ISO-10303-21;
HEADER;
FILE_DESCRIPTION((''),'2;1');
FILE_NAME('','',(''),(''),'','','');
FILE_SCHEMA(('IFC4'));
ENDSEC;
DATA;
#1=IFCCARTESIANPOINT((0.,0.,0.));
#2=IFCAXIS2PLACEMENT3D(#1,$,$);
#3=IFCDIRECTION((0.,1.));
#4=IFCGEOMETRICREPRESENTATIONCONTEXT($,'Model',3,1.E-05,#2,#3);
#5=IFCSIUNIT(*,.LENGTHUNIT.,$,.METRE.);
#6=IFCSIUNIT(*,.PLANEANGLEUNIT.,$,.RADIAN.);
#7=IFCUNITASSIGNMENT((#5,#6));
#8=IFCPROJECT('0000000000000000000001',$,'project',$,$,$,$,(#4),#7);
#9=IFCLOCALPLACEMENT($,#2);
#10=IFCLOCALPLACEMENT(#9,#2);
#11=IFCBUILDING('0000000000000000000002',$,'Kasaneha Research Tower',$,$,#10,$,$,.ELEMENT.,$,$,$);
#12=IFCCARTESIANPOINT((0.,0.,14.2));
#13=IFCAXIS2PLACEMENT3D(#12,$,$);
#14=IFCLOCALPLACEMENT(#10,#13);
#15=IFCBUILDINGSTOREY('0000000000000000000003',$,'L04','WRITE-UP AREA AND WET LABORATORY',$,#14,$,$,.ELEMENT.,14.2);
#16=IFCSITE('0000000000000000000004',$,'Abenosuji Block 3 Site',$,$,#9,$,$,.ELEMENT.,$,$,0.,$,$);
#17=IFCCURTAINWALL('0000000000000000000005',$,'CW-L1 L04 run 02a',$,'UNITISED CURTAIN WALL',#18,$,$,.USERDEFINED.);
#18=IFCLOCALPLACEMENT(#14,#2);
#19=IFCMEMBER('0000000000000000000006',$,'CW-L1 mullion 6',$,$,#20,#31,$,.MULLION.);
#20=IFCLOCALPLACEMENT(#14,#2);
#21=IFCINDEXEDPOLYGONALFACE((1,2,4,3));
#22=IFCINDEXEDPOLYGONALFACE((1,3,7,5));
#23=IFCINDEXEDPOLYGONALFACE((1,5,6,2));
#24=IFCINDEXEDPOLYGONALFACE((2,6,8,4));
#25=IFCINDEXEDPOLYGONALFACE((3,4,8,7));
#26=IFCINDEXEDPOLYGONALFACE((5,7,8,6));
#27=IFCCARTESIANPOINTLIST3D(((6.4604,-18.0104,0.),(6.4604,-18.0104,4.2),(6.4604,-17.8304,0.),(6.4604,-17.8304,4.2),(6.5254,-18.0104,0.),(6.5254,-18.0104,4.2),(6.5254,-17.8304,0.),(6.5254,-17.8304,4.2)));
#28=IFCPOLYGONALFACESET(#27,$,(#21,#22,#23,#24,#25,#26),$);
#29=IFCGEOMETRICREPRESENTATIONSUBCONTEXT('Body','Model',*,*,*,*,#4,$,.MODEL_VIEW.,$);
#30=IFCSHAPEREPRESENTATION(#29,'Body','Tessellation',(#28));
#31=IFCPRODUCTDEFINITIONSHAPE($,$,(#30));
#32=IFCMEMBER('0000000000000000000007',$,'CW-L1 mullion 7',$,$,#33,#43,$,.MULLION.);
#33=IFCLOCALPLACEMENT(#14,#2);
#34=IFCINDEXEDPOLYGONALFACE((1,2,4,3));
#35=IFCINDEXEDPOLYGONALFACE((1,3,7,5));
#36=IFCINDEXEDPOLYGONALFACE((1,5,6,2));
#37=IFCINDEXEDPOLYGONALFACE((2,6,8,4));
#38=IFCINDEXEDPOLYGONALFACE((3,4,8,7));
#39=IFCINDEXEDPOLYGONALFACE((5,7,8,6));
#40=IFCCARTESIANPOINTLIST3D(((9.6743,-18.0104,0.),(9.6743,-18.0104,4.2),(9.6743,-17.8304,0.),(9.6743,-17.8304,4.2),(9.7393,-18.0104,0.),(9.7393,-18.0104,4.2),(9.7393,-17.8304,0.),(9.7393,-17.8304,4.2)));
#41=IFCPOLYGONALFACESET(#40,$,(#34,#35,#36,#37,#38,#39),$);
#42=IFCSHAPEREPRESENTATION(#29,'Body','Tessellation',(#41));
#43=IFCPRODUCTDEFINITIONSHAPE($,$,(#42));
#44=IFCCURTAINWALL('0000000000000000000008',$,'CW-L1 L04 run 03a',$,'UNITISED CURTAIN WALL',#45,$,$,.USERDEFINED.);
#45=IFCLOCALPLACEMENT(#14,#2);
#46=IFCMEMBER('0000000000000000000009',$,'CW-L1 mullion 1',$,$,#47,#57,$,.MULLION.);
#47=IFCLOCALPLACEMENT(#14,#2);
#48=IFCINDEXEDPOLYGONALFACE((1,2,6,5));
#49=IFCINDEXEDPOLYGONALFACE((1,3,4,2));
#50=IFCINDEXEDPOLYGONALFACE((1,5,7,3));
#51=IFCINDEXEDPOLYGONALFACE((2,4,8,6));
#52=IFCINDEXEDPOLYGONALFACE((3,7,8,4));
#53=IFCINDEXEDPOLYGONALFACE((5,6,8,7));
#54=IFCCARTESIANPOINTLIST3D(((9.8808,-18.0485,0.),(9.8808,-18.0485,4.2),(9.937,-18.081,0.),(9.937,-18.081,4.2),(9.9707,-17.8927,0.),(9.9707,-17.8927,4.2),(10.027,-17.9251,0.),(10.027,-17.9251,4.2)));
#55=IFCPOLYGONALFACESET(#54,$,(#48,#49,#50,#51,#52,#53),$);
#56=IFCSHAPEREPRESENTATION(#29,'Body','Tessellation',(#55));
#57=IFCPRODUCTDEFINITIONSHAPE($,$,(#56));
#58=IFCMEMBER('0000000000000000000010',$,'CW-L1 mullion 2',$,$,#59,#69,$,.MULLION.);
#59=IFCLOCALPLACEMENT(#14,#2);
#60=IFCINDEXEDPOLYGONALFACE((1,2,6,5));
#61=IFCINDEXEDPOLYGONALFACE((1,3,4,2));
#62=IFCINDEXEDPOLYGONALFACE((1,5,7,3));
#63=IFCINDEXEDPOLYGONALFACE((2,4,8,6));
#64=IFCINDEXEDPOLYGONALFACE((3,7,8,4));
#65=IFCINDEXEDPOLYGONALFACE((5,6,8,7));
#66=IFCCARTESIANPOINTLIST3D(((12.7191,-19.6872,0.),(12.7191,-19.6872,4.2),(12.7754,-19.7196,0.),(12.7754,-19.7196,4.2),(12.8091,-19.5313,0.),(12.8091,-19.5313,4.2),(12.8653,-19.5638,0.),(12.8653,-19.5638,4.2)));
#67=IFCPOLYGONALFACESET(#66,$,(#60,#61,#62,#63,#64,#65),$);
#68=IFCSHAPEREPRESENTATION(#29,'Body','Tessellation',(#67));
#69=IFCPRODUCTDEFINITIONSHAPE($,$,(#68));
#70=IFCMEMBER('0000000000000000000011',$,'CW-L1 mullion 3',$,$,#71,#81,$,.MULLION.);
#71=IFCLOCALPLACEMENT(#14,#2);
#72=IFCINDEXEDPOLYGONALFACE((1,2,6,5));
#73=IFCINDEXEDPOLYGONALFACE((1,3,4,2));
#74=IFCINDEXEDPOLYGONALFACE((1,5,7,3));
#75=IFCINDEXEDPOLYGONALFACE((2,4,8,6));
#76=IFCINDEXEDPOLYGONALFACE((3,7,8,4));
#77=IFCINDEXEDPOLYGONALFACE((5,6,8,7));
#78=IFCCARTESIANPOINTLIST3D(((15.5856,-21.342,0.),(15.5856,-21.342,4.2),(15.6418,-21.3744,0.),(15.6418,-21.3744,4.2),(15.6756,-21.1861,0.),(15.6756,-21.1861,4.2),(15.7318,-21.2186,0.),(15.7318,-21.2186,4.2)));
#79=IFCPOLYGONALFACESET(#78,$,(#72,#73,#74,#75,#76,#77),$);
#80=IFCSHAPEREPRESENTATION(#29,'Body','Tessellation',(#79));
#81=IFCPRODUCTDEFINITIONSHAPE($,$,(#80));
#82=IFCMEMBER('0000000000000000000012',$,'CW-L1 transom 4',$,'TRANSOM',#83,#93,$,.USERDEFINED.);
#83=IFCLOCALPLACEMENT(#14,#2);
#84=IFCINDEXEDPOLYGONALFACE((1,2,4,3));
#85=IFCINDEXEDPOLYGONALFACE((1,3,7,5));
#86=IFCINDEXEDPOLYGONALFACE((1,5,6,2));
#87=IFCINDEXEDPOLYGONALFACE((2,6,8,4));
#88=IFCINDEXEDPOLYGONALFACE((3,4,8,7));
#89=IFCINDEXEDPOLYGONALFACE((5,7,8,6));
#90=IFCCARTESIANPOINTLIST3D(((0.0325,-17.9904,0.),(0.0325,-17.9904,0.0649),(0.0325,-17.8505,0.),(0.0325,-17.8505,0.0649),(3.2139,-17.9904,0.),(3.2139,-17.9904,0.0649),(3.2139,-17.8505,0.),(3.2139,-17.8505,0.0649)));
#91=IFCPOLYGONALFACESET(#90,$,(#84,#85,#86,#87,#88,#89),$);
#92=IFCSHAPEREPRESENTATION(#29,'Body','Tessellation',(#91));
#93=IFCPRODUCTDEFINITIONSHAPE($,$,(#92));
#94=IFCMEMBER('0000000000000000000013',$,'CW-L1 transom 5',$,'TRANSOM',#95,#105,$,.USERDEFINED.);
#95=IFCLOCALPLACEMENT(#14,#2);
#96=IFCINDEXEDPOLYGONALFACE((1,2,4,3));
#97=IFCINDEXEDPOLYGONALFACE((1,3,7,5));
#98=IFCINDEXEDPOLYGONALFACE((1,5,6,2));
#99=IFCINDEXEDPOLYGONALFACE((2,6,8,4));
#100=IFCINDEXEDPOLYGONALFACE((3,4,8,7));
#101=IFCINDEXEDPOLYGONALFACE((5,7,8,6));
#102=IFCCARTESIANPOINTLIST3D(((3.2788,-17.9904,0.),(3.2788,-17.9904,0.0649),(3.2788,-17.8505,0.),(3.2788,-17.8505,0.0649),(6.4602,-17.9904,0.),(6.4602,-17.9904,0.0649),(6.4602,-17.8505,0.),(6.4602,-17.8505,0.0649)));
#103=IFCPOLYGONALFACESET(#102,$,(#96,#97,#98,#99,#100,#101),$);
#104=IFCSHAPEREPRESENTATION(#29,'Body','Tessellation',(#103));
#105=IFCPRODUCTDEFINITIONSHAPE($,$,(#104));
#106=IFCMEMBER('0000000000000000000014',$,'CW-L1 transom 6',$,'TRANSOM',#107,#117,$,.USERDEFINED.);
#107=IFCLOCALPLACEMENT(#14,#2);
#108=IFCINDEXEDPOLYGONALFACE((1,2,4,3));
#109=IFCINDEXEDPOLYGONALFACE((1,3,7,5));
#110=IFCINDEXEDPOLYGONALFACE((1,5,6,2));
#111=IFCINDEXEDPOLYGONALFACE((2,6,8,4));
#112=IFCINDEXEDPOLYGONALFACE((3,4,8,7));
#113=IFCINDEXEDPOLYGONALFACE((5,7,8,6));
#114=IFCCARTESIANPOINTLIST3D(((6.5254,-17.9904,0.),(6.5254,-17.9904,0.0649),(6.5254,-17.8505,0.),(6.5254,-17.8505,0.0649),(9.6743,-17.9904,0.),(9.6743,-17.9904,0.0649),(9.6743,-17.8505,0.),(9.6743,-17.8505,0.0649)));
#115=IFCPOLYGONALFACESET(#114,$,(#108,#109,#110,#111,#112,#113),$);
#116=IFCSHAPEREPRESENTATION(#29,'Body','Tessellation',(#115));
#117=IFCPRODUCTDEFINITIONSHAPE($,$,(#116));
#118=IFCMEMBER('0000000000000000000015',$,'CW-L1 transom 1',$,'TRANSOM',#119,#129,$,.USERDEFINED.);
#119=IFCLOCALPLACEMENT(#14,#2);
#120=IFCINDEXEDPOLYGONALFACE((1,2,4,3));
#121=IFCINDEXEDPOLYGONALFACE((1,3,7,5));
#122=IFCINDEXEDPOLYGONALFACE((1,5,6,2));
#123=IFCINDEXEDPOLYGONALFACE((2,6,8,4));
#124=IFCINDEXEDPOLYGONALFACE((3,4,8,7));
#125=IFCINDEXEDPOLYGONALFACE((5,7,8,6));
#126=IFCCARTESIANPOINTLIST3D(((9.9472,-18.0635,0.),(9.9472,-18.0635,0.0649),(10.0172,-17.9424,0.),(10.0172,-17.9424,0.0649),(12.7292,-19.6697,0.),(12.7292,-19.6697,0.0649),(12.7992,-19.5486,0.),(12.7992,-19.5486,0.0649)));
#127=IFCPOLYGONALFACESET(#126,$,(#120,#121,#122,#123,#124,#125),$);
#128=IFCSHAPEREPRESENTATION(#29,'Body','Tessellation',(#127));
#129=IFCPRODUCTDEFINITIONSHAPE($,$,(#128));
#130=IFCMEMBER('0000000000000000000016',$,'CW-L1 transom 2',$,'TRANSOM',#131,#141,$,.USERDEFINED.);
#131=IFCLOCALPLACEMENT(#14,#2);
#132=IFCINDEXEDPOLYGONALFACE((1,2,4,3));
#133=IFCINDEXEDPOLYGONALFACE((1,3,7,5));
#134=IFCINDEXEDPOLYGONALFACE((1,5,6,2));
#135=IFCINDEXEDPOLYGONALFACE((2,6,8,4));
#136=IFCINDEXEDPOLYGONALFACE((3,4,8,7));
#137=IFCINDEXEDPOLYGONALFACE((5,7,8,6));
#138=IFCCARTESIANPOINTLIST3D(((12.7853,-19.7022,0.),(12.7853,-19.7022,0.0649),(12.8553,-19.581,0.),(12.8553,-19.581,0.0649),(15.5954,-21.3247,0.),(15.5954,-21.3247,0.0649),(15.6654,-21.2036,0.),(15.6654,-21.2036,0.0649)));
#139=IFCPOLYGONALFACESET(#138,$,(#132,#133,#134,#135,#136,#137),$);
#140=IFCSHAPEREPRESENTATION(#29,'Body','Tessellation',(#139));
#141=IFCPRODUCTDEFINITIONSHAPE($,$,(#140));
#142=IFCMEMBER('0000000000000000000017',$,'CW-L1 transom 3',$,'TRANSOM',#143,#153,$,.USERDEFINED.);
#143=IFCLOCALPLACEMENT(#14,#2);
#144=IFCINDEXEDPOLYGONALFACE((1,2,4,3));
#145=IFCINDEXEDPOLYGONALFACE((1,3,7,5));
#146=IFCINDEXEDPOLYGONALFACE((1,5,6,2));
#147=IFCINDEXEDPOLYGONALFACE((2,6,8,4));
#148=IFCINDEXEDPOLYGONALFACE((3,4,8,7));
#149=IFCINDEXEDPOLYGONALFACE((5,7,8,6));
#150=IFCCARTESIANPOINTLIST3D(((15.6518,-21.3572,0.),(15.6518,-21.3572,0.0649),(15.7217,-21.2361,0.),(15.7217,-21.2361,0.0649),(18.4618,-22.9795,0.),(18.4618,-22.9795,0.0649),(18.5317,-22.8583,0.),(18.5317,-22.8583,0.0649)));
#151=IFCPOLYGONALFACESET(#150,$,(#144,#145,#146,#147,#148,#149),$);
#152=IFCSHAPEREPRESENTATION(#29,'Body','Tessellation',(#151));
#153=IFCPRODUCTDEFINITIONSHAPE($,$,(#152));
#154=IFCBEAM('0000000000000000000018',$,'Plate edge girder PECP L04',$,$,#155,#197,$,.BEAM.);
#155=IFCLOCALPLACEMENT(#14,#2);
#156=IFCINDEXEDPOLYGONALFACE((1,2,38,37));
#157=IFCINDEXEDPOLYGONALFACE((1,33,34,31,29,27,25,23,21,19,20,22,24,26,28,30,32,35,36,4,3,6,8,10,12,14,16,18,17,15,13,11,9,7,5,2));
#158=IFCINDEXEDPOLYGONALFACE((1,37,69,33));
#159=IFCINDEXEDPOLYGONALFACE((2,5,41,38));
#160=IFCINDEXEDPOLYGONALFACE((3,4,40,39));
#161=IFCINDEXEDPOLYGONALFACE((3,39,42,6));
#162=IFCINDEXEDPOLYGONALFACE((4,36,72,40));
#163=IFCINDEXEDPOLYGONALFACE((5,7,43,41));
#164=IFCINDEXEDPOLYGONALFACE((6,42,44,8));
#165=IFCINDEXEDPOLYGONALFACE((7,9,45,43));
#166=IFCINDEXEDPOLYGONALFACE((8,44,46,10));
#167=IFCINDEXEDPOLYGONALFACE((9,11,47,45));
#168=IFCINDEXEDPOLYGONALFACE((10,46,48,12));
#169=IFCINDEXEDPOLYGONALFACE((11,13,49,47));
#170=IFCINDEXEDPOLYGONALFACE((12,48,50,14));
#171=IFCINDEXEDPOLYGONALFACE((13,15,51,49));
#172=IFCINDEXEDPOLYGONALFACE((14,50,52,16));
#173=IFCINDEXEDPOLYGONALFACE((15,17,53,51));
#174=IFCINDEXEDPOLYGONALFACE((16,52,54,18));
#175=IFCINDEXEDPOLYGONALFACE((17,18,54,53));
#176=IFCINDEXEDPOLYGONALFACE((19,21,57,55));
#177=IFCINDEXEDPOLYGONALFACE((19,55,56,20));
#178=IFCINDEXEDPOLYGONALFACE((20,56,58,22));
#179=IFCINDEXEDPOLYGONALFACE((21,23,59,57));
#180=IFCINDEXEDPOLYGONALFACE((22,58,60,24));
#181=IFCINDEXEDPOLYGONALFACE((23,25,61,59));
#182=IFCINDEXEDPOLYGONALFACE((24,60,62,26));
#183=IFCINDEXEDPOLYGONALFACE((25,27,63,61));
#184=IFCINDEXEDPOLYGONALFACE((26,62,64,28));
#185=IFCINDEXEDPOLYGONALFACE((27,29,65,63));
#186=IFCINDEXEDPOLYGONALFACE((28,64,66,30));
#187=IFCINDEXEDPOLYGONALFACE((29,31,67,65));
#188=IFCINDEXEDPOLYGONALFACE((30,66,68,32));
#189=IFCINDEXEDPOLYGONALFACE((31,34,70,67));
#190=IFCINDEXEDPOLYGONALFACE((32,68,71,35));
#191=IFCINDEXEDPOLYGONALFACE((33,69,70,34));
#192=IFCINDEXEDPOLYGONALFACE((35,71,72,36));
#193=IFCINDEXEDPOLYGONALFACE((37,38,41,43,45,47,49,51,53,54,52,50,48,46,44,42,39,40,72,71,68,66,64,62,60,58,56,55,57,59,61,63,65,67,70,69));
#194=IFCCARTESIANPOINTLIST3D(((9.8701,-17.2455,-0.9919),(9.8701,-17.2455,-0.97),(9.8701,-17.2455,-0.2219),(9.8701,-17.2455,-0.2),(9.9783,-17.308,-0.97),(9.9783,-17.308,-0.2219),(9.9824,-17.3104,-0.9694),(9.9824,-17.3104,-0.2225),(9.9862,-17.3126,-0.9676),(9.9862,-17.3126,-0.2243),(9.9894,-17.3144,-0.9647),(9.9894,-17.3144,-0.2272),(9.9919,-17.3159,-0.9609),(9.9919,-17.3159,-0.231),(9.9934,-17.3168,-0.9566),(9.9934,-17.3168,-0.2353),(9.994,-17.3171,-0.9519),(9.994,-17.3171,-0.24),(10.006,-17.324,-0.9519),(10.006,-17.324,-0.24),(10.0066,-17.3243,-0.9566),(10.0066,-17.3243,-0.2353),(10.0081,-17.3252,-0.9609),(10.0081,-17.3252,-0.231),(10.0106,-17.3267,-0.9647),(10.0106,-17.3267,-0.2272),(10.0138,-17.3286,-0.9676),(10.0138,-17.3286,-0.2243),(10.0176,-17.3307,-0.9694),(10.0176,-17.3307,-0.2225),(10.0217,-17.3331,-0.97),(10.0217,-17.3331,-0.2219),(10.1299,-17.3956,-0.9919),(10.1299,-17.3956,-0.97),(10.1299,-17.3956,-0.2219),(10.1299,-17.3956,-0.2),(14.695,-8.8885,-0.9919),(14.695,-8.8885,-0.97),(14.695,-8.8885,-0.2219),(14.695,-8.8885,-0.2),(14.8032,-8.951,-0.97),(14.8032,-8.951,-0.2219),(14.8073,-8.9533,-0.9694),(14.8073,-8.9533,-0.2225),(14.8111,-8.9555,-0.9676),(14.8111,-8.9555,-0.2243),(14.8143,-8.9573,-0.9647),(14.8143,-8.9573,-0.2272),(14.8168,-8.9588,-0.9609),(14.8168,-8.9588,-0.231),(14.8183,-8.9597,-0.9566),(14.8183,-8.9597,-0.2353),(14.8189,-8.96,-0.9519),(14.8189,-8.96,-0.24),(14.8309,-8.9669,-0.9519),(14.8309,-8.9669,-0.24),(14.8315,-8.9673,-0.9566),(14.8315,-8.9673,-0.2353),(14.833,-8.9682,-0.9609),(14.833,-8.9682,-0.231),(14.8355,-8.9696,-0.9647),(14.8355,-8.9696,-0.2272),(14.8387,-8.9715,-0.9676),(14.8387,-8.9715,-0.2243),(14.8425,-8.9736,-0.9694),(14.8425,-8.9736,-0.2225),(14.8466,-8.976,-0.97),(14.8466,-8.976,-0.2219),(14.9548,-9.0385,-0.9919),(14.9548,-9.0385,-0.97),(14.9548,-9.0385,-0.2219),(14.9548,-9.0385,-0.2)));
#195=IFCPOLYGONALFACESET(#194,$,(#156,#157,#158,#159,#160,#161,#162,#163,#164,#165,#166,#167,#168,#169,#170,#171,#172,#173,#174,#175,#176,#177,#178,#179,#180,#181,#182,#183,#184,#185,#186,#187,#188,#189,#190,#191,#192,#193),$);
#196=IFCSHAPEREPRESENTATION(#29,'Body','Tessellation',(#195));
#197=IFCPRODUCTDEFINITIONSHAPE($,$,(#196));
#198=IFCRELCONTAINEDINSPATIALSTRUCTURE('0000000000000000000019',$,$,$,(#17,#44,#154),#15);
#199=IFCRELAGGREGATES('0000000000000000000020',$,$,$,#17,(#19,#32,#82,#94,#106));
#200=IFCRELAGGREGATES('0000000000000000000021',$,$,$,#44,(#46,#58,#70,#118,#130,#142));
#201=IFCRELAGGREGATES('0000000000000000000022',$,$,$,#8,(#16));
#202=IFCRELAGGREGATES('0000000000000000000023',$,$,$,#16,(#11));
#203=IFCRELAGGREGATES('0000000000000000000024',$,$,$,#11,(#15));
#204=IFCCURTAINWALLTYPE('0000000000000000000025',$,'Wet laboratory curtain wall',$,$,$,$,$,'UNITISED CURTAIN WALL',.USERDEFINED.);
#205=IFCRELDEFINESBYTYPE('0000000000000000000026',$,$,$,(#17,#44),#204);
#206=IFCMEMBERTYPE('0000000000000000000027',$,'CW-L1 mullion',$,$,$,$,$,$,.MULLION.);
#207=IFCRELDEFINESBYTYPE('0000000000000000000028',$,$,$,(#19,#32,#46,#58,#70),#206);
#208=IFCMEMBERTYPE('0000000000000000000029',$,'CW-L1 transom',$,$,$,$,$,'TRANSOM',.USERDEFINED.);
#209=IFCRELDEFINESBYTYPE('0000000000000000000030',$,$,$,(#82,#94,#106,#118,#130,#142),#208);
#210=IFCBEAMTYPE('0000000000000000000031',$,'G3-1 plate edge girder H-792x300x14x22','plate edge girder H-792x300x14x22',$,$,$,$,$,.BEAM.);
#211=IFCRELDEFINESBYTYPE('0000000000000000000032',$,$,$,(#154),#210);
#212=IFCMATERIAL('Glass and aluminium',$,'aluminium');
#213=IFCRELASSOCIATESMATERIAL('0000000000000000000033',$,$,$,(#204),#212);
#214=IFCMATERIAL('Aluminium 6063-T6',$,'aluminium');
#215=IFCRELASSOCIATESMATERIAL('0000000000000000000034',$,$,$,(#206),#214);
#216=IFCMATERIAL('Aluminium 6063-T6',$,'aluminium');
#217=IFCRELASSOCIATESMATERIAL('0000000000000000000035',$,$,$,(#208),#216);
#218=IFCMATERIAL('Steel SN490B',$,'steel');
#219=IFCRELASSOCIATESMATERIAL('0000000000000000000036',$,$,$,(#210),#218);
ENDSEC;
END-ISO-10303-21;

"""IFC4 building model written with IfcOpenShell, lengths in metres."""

from ifc_helpers import new_model, si_unit, direction, frame, origin, origin_2d, place, context, subcontext, project, spatial, rectangle, i_section, extrude, material, material_profile, profile_set, type_object, element, aggregate, save


model = new_model("IFC4")

# Units and contexts
model_context = context("Model", 3, precision=1e-05, world=origin(), true_north=direction((0.0, 1.0)))
body_context = subcontext(model_context, "Body", "Model", "MODEL_VIEW")
ifc_project = project(units=[si_unit("LENGTHUNIT", "METRE"), si_unit("PLANEANGLEUNIT", "RADIAN")], contexts=[model_context])

# Site, building, storey
site_placement = place(None, origin())
site = spatial("IfcSite", under=ifc_project, at=site_placement, Name="Abenosuji Block 3 Site", CompositionType="ELEMENT", RefElevation=0.0)
building_placement = place(site_placement, origin())
building = spatial("IfcBuilding", under=site, at=building_placement, Name="Kasaneha Research Tower", CompositionType="ELEMENT")
storey_placement = place(building_placement, frame((0.0, 0.0, 14.2)))
storey = spatial("IfcBuildingStorey", under=building, at=storey_placement, Name="L04", Description="WRITE-UP AREA AND WET LABORATORY", CompositionType="ELEMENT", Elevation=14.2)

# Curtain walls, members
ifc_material_1 = material(Name="Glass and aluminium", Category="aluminium")
curtain_wall_type = type_object("IfcCurtainWallType", Name="Wet laboratory curtain wall", ElementType="UNITISED CURTAIN WALL", PredefinedType="USERDEFINED", material=ifc_material_1)
curtain_wall_1_placement = place(storey_placement, origin())
curtain_wall_1 = element("IfcCurtainWall", 1, at=curtain_wall_1_placement, inside=storey, type_object=curtain_wall_type, Name="CW-L1 L04 run 02a", ObjectType="UNITISED CURTAIN WALL", PredefinedType="USERDEFINED")
ifc_material_2 = material(Name="Aluminium 6063-T6", Category="aluminium")
ifc_material_profile_1 = material_profile(ifc_material_2, rectangle(XDim=0.0649, YDim=0.1799, at=origin_2d()), Name="CW-L1 mullion 65x180")
ifc_profile_set_1 = profile_set([ifc_material_profile_1], Name="Aluminium 6063-T6")
member_type_1 = type_object("IfcMemberType", Name="CW-L1 mullion", PredefinedType="MULLION", material=ifc_profile_set_1)
member_1_placement = place(storey_placement, frame((6.4929, -17.9204, 0.0), z_axis=(0.0, 0.0, 1.0), x_axis=(1.0, 0.0, 0.0)))
member_1 = element("IfcMember", 2, at=member_1_placement, type_object=member_type_1, Name="CW-L1 mullion 6", PredefinedType="MULLION", context=body_context, shape_type="SweptSolid", body=[
    extrude(rectangle(XDim=0.0649, YDim=0.1799, at=origin_2d()), origin(), (0.0, 0.0, 1.0), 4.2),
])
member_2_placement = place(storey_placement, frame((9.7068, -17.9204, 0.0), z_axis=(0.0, 0.0, 1.0), x_axis=(1.0, 0.0, 0.0)))
member_2 = element("IfcMember", 3, at=member_2_placement, type_object=member_type_1, Name="CW-L1 mullion 7", PredefinedType="MULLION", context=body_context, shape_type="SweptSolid", body=[
    extrude(rectangle(XDim=0.0649, YDim=0.1799, at=origin_2d()), origin(), (0.0, 0.0, 1.0), 4.2),
])
curtain_wall_2_placement = place(storey_placement, origin())
curtain_wall_2 = element("IfcCurtainWall", 4, at=curtain_wall_2_placement, inside=storey, type_object=curtain_wall_type, Name="CW-L1 L04 run 03a", ObjectType="UNITISED CURTAIN WALL", PredefinedType="USERDEFINED")
member_3_placement = place(storey_placement, frame((9.9539, -17.9868, 0.0), z_axis=(0.0, 0.0, 1.0), x_axis=(0.866025, -0.5, 0.0)))
member_3 = element("IfcMember", 5, at=member_3_placement, type_object=member_type_1, Name="CW-L1 mullion 1", PredefinedType="MULLION", context=body_context, shape_type="SweptSolid", body=[
    extrude(rectangle(XDim=0.0649, YDim=0.1799, at=origin_2d()), origin(), (0.0, 0.0, 1.0), 4.2),
])
member_4_placement = place(storey_placement, frame((12.7922, -19.6255, 0.0), z_axis=(0.0, 0.0, 1.0), x_axis=(0.866025, -0.5, 0.0)))
member_4 = element("IfcMember", 6, at=member_4_placement, type_object=member_type_1, Name="CW-L1 mullion 2", PredefinedType="MULLION", context=body_context, shape_type="SweptSolid", body=[
    extrude(rectangle(XDim=0.0649, YDim=0.1799, at=origin_2d()), origin(), (0.0, 0.0, 1.0), 4.2),
])
member_5_placement = place(storey_placement, frame((15.6587, -21.2803, 0.0), z_axis=(0.0, 0.0, 1.0), x_axis=(0.866025, -0.5, 0.0)))
member_5 = element("IfcMember", 7, at=member_5_placement, type_object=member_type_1, Name="CW-L1 mullion 3", PredefinedType="MULLION", context=body_context, shape_type="SweptSolid", body=[
    extrude(rectangle(XDim=0.0649, YDim=0.1799, at=origin_2d()), origin(), (0.0, 0.0, 1.0), 4.2),
])

# Members
ifc_material_3 = material(Name="Aluminium 6063-T6", Category="aluminium")
ifc_material_profile_2 = material_profile(ifc_material_3, rectangle(XDim=0.1399, YDim=0.0649, at=origin_2d()), Name="CW-L1 transom 140x65")
ifc_profile_set_2 = profile_set([ifc_material_profile_2], Name="Aluminium 6063-T6")
member_type_2 = type_object("IfcMemberType", Name="CW-L1 transom", ElementType="TRANSOM", PredefinedType="USERDEFINED", material=ifc_profile_set_2)
member_6_placement = place(storey_placement, frame((0.0325, -17.9204, 0.0325), z_axis=(1.0, 0.0, 0.0), x_axis=(0.0, 1.0, 0.0)))
member_6 = element("IfcMember", 8, at=member_6_placement, type_object=member_type_2, Name="CW-L1 transom 4", ObjectType="TRANSOM", PredefinedType="USERDEFINED", context=body_context, shape_type="SweptSolid", body=[
    extrude(rectangle(XDim=0.1399, YDim=0.0649, at=origin_2d()), origin(), (0.0, 0.0, 1.0), 3.1814),
])
member_7_placement = place(storey_placement, frame((3.2788, -17.9204, 0.0325), z_axis=(1.0, 0.0, 0.0), x_axis=(0.0, 1.0, 0.0)))
member_7 = element("IfcMember", 9, at=member_7_placement, type_object=member_type_2, Name="CW-L1 transom 5", ObjectType="TRANSOM", PredefinedType="USERDEFINED", context=body_context, shape_type="SweptSolid", body=[
    extrude(rectangle(XDim=0.1399, YDim=0.0649, at=origin_2d()), origin(), (0.0, 0.0, 1.0), 3.1814),
])
member_8_placement = place(storey_placement, frame((6.5254, -17.9204, 0.0325), z_axis=(1.0, 0.0, 0.0), x_axis=(0.0, 1.0, 0.0)))
member_8 = element("IfcMember", 10, at=member_8_placement, type_object=member_type_2, Name="CW-L1 transom 6", ObjectType="TRANSOM", PredefinedType="USERDEFINED", context=body_context, shape_type="SweptSolid", body=[
    extrude(rectangle(XDim=0.1399, YDim=0.0649, at=origin_2d()), origin(), (0.0, 0.0, 1.0), 3.1489),
])
member_9_placement = place(storey_placement, frame((9.9822, -18.0029, 0.0325), z_axis=(0.866022, -0.500005, 0.0), x_axis=(0.500005, 0.866022, 0.0)))
member_9 = element("IfcMember", 11, at=member_9_placement, type_object=member_type_2, Name="CW-L1 transom 1", ObjectType="TRANSOM", PredefinedType="USERDEFINED", context=body_context, shape_type="SweptSolid", body=[
    extrude(rectangle(XDim=0.1399, YDim=0.0649, at=origin_2d()), origin(), (0.0, 0.0, 1.0), 3.2124),
])
member_10_placement = place(storey_placement, frame((12.8203, -19.6416, 0.0325), z_axis=(0.866003, -0.500039, 0.0), x_axis=(0.500039, 0.866003, 0.0)))
member_10 = element("IfcMember", 12, at=member_10_placement, type_object=member_type_2, Name="CW-L1 transom 2", ObjectType="TRANSOM", PredefinedType="USERDEFINED", context=body_context, shape_type="SweptSolid", body=[
    extrude(rectangle(XDim=0.1399, YDim=0.0649, at=origin_2d()), origin(), (0.0, 0.0, 1.0), 3.2449),
])
member_11_placement = place(storey_placement, frame((15.6868, -21.2966, 0.0325), z_axis=(0.866035, -0.499983, 0.0), x_axis=(0.499983, 0.866035, 0.0)))
member_11 = element("IfcMember", 13, at=member_11_placement, type_object=member_type_2, Name="CW-L1 transom 3", ObjectType="TRANSOM", PredefinedType="USERDEFINED", context=body_context, shape_type="SweptSolid", body=[
    extrude(rectangle(XDim=0.1399, YDim=0.0649, at=origin_2d()), origin(), (0.0, 0.0, 1.0), 3.2446),
])

# Beam
ifc_material_4 = material(Name="Steel SN490B", Category="steel")
ifc_material_profile_3 = material_profile(ifc_material_4, i_section(OverallWidth=0.3, OverallDepth=0.792, WebThickness=0.0139, FlangeThickness=0.022, FilletRadius=0.0181, at=origin_2d()), Name="H-792x300x14x22")
ifc_profile_set_3 = profile_set([ifc_material_profile_3], Name="Steel SN490B")
beam_type_1 = type_object("IfcBeamType", Name="G3-1 plate edge girder H-792x300x14x22", Description="plate edge girder H-792x300x14x22", PredefinedType="BEAM", material=ifc_profile_set_3)
beam_1_placement = place(storey_placement, frame((10.0, -17.3206, -0.5959), z_axis=(0.499995, 0.866028, 0.0), x_axis=(-0.866028, 0.499995, 0.0)))
element("IfcBeam", 14, at=beam_1_placement, inside=storey, type_object=beam_type_1, Name="Plate edge girder PECP L04", PredefinedType="BEAM", context=body_context, shape_type="SweptSolid", body=[
    extrude(i_section(OverallWidth=0.3, OverallDepth=0.792, WebThickness=0.0139, FlangeThickness=0.022, FilletRadius=0.0181, at=origin_2d()), origin(), (0.0, 0.0, 1.0), 9.6499),
])

aggregate(curtain_wall_1, [member_1, member_2, member_6, member_7, member_8])
aggregate(curtain_wall_2, [member_3, member_4, member_5, member_9, member_10, member_11])

save(model, "model.ifc")
